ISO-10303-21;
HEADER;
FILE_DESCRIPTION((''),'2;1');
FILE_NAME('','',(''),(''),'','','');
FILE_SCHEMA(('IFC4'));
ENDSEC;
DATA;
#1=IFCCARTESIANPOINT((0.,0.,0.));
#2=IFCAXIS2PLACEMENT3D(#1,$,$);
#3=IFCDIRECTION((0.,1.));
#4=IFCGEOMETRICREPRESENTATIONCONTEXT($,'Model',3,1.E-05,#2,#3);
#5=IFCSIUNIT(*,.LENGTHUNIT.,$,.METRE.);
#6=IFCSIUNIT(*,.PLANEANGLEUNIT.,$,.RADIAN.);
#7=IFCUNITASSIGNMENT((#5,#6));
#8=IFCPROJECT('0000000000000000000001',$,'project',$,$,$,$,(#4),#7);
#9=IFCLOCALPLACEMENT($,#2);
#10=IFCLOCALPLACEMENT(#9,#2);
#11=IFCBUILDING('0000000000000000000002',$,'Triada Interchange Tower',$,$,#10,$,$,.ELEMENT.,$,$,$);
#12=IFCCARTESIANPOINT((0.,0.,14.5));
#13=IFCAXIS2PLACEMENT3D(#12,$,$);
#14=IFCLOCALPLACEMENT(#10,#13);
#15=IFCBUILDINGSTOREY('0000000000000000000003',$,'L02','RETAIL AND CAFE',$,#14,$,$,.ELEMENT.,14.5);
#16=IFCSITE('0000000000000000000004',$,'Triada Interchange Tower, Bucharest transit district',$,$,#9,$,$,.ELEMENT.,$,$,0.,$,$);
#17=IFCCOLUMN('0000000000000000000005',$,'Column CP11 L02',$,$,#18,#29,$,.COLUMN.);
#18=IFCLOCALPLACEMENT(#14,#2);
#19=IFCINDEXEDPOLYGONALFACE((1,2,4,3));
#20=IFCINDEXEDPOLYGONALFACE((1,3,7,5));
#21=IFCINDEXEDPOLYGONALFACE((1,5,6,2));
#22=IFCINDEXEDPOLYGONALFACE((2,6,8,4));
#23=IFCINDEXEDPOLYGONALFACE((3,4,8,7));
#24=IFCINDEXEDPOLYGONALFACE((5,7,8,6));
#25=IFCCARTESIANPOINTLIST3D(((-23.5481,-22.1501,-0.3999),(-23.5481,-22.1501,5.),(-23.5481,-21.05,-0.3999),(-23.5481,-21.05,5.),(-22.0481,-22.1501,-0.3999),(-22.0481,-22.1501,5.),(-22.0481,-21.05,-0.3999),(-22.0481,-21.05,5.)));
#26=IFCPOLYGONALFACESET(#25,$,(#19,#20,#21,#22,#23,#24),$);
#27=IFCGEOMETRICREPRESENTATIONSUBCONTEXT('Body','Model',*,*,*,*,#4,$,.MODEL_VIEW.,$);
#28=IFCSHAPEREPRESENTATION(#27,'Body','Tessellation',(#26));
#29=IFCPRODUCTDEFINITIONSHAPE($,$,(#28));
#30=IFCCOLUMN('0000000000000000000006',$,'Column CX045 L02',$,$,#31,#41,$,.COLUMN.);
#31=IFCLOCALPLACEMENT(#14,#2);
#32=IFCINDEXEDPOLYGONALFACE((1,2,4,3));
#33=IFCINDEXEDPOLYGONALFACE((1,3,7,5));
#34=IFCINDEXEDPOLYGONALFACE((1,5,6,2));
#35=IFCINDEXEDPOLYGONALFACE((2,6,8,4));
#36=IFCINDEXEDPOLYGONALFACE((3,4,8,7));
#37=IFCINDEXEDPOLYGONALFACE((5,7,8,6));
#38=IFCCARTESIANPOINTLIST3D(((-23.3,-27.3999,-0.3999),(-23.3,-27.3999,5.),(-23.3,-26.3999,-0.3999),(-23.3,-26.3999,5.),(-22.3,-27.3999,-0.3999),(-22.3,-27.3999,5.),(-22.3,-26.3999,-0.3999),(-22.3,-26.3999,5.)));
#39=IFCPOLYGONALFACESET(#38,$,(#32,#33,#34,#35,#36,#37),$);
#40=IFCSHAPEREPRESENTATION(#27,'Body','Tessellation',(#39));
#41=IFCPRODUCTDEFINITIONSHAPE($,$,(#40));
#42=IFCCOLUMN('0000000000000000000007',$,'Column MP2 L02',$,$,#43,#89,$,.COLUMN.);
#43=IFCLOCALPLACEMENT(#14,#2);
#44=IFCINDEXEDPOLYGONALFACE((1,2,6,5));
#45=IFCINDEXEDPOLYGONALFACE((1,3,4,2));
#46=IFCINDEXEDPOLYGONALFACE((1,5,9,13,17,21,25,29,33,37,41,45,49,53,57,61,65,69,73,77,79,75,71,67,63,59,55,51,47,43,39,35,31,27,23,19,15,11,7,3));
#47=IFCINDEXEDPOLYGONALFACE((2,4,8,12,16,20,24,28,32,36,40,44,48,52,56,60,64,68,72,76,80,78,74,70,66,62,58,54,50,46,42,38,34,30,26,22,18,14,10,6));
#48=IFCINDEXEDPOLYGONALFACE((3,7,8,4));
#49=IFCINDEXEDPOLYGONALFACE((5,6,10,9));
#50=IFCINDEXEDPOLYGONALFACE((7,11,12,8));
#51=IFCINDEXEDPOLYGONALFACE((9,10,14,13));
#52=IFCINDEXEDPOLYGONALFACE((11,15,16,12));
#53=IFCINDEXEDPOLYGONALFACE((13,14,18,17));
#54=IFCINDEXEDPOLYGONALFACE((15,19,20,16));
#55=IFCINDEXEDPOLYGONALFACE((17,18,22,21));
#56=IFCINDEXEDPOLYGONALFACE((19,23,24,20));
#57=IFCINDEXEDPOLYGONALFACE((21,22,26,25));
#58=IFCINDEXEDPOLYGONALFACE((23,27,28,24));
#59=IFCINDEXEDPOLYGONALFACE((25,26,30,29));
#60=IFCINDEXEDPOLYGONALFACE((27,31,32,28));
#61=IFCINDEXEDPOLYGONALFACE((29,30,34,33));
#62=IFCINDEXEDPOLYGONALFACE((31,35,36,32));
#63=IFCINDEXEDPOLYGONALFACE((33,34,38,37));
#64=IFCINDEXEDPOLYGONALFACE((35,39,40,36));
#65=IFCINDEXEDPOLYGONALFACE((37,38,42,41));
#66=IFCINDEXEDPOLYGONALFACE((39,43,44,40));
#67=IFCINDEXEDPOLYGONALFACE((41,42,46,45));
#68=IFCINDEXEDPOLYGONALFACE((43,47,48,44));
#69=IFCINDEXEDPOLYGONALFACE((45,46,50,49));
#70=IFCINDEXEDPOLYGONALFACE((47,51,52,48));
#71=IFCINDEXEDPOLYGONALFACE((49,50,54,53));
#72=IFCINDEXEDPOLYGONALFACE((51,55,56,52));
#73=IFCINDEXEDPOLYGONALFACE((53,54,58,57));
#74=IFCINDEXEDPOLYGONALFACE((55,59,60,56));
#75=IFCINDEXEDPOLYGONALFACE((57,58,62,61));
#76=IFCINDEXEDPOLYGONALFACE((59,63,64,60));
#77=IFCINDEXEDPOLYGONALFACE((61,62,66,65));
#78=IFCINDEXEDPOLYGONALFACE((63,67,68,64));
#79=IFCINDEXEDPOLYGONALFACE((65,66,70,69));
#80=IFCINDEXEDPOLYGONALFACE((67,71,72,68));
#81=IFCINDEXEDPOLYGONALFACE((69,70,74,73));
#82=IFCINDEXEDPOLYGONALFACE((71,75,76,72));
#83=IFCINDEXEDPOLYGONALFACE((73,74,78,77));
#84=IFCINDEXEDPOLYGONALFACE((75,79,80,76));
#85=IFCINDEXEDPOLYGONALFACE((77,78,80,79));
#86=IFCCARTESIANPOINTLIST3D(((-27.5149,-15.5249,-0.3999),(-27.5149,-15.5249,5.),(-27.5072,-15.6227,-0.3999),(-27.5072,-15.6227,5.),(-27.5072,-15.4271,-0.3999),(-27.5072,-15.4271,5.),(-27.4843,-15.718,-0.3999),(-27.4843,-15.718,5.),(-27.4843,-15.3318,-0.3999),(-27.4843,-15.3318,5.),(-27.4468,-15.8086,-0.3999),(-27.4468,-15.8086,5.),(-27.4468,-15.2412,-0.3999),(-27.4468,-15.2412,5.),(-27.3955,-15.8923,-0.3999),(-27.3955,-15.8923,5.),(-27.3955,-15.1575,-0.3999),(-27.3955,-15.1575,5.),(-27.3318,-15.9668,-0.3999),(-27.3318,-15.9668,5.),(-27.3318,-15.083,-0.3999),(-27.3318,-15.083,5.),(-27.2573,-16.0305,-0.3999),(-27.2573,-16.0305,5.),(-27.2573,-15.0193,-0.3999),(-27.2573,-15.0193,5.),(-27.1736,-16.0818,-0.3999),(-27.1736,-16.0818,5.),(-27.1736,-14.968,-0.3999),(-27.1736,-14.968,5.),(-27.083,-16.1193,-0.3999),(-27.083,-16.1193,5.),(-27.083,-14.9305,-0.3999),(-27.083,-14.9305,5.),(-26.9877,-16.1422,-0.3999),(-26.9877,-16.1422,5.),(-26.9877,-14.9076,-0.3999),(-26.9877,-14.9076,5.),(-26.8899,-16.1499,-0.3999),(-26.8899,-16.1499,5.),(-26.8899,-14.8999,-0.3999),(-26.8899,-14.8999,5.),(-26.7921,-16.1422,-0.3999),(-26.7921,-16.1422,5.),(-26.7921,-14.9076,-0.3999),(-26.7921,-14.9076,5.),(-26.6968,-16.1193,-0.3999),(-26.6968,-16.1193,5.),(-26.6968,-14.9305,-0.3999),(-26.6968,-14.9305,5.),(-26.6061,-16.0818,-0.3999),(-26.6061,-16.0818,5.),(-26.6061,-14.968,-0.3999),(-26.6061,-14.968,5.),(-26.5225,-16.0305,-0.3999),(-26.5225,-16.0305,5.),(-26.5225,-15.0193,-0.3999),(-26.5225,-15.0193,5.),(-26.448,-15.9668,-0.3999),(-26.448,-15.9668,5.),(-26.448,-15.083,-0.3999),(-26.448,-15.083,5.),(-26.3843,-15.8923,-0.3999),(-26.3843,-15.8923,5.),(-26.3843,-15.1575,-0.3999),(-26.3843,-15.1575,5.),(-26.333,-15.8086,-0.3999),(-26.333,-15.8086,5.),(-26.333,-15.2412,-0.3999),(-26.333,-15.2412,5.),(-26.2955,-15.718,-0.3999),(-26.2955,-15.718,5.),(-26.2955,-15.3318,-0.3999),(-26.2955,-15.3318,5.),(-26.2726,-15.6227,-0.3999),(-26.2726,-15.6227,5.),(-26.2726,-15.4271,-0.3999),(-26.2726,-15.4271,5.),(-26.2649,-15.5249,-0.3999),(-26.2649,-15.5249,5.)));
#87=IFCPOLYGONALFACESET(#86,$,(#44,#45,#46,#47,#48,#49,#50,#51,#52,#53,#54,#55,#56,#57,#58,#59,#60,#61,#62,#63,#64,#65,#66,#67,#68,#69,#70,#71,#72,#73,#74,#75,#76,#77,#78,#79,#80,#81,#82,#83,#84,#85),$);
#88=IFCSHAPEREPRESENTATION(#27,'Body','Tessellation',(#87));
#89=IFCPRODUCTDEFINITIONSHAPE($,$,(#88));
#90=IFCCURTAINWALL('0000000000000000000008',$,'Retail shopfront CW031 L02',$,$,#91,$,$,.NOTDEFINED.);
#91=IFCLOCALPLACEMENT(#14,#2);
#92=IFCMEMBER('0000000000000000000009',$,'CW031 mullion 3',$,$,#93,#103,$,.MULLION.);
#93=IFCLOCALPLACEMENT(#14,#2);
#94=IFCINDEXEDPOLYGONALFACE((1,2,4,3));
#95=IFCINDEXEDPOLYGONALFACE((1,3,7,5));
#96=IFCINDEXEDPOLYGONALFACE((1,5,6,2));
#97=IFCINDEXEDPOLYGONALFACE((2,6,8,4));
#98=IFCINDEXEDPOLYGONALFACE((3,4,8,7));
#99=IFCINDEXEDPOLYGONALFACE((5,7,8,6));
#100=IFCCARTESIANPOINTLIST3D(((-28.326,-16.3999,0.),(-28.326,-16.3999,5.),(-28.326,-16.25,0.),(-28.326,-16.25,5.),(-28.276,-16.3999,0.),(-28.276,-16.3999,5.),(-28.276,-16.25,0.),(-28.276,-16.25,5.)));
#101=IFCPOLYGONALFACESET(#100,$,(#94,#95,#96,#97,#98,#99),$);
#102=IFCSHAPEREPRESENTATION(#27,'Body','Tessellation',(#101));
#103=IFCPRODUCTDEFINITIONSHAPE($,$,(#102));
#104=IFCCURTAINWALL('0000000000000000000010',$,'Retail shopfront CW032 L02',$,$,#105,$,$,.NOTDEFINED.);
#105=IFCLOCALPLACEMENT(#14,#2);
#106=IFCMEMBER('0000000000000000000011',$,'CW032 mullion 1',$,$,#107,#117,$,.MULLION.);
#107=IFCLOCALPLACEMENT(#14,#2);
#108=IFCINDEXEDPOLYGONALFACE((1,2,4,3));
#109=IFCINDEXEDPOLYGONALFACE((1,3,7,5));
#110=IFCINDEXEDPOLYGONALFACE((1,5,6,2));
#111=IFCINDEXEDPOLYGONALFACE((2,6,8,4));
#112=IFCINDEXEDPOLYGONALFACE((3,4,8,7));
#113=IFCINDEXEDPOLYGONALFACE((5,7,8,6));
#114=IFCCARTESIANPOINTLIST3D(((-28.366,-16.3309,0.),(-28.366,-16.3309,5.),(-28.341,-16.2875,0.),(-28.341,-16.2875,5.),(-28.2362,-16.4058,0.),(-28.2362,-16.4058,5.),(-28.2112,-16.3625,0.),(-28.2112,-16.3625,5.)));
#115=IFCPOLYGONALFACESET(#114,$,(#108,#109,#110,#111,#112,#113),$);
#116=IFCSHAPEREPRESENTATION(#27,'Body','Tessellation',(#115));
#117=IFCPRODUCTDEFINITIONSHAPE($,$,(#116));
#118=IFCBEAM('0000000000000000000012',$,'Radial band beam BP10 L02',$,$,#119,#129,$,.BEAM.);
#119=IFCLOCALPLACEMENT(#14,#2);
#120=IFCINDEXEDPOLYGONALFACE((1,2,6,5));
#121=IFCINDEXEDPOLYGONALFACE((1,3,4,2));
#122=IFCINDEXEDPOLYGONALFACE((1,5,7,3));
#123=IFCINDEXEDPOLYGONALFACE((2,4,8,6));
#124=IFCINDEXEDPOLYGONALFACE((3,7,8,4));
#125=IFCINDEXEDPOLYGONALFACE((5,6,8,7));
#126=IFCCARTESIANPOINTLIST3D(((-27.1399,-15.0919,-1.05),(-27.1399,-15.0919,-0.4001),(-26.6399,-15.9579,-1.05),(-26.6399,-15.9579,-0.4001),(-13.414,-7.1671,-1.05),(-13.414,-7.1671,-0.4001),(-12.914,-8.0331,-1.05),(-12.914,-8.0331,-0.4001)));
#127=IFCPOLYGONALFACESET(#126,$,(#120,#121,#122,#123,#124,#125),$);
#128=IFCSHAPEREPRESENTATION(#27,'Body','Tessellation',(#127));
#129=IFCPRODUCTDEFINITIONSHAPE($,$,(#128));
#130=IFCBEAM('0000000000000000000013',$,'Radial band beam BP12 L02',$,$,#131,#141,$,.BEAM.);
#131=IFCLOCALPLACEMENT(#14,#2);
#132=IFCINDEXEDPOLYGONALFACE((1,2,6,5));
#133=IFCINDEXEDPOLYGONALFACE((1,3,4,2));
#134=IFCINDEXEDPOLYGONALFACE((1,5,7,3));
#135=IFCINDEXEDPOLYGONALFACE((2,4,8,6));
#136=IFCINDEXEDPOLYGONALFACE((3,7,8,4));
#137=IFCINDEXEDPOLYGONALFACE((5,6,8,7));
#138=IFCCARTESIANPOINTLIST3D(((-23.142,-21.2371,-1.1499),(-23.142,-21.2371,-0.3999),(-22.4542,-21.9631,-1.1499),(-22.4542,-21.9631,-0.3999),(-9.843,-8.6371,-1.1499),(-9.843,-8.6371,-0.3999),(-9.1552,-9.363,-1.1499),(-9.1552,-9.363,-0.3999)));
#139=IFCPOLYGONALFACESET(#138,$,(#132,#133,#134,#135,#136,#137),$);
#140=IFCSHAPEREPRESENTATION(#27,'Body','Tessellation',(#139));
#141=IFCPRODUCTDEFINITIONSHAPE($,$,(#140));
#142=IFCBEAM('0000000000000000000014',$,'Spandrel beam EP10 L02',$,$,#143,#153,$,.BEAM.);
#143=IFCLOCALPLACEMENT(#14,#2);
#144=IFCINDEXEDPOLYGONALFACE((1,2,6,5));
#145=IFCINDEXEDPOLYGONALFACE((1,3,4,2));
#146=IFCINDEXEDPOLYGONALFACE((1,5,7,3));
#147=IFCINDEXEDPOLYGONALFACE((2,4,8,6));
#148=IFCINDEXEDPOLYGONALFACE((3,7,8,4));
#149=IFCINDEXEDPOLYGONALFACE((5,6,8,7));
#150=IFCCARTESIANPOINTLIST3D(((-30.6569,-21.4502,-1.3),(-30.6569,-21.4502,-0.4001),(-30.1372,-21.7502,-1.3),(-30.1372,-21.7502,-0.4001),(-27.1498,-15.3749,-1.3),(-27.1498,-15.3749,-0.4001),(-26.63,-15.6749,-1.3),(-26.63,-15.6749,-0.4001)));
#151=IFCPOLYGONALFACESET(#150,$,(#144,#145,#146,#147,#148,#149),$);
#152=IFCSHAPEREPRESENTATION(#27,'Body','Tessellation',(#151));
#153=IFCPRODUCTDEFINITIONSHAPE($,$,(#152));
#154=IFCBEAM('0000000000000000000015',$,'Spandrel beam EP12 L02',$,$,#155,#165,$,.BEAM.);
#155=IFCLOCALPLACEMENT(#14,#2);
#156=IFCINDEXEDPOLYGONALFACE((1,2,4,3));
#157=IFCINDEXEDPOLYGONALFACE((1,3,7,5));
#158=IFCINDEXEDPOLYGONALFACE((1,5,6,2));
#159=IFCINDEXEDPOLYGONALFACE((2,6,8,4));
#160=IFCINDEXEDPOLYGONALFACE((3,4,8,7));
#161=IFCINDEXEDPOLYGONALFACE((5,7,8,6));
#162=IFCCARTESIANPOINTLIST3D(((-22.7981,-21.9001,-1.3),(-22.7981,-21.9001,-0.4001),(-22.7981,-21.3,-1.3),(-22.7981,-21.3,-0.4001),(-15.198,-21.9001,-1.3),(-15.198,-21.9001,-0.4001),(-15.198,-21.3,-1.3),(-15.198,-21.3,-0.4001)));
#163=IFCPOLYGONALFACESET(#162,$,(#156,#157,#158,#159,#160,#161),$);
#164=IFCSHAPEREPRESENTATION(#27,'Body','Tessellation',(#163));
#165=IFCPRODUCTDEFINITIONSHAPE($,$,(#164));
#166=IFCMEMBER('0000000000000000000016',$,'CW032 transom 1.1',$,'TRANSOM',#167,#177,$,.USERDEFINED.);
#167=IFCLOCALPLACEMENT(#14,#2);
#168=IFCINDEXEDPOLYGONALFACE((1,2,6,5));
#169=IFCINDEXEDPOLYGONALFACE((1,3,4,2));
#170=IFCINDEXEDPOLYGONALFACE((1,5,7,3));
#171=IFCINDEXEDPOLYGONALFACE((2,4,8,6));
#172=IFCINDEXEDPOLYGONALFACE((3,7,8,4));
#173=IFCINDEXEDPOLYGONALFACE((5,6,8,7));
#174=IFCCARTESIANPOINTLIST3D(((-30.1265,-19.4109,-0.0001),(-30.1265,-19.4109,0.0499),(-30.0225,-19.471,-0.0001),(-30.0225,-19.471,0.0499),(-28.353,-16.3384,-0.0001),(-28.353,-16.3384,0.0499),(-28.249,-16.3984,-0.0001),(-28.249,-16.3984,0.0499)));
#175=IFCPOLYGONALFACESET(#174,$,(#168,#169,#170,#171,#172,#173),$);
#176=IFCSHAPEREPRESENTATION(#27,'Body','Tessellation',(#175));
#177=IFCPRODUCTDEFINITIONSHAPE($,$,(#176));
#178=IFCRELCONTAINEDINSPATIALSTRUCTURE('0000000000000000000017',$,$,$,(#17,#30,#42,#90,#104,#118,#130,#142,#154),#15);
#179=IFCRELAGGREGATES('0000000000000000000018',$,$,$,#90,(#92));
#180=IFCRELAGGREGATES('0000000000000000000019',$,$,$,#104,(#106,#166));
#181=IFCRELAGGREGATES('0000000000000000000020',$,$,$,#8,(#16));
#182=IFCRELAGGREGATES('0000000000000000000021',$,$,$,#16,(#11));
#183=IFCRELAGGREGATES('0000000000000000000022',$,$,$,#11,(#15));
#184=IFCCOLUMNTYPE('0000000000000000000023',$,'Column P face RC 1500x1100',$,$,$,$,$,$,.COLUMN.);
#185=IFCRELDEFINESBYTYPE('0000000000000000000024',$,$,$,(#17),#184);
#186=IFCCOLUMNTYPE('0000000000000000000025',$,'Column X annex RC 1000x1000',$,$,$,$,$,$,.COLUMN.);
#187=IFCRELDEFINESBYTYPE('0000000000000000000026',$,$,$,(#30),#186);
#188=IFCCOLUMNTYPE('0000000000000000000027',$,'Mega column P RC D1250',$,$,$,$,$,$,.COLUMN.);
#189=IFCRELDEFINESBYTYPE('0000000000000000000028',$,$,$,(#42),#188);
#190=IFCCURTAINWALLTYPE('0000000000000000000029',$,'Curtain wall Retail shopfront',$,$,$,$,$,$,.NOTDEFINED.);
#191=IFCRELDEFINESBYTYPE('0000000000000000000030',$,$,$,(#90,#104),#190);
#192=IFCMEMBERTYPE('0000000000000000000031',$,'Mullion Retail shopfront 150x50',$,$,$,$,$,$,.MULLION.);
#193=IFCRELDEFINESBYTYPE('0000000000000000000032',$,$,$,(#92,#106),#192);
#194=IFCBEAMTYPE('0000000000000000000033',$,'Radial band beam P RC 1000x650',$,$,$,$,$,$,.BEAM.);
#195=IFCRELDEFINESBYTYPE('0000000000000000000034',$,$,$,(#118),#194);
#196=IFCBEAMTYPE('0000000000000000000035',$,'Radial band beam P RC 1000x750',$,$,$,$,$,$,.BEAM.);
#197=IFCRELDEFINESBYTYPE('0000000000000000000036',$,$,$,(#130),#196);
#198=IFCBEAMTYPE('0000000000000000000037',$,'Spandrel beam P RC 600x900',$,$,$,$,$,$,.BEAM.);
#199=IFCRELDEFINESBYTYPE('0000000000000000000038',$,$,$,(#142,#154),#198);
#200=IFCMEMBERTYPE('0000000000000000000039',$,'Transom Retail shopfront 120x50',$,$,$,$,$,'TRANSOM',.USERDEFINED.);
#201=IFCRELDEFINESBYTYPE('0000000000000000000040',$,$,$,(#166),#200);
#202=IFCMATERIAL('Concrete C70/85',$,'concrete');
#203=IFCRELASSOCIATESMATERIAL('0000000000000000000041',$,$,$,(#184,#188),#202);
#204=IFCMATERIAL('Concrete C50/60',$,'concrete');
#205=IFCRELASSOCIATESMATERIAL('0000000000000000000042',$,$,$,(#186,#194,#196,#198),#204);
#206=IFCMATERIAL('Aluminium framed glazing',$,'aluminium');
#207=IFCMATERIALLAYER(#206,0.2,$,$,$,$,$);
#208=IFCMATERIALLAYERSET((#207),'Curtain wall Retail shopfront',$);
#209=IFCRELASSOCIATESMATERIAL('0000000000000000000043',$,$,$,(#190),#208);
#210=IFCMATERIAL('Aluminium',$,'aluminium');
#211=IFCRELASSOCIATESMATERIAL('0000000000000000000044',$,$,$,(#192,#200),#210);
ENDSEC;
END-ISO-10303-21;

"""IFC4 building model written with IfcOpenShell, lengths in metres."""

from ifc_helpers import new_model, si_unit, direction, frame, origin, origin_2d, place, context, subcontext, project, spatial, rectangle, circle, extrude, material, layer, layer_set, material_profile, profile_set, type_object, element, aggregate, save


model = new_model("IFC4")

# Units and contexts
model_context = context("Model", 3, precision=1e-05, world=origin(), true_north=direction((0.0, 1.0)))
body_context = subcontext(model_context, "Body", "Model", "MODEL_VIEW")
ifc_project = project(units=[si_unit("LENGTHUNIT", "METRE"), si_unit("PLANEANGLEUNIT", "RADIAN")], contexts=[model_context])

# Site, building, storey
site_placement = place(None, origin())
site = spatial("IfcSite", under=ifc_project, at=site_placement, Name="Triada Interchange Tower, Bucharest transit district", CompositionType="ELEMENT", RefElevation=0.0)
building_placement = place(site_placement, origin())
building = spatial("IfcBuilding", under=site, at=building_placement, Name="Triada Interchange Tower", CompositionType="ELEMENT")
storey_placement = place(building_placement, frame((0.0, 0.0, 14.5)))
storey = spatial("IfcBuildingStorey", under=building, at=storey_placement, Name="L02", Description="RETAIL AND CAFE", CompositionType="ELEMENT", Elevation=14.5)

# Columns
ifc_material_1 = material(Name="Concrete C70/85", Category="concrete")
ifc_material_profile_1 = material_profile(ifc_material_1, rectangle(XDim=1.5, YDim=1.1001, at=origin_2d()), Name="RC 1500x1100")
ifc_profile_set_1 = profile_set([ifc_material_profile_1], Name="Concrete C70/85")
column_type_1 = type_object("IfcColumnType", Name="Column P face RC 1500x1100", PredefinedType="COLUMN", material=ifc_profile_set_1)
column_1_placement = place(storey_placement, frame((-22.7981, -21.6001, -0.3999), z_axis=(0.0, 0.0, 1.0), x_axis=(1.0, 0.0, 0.0)))
element("IfcColumn", 1, at=column_1_placement, inside=storey, type_object=column_type_1, Name="Column CP11 L02", PredefinedType="COLUMN", context=body_context, shape_type="SweptSolid", body=[
    extrude(rectangle(XDim=1.5, YDim=1.1001, at=origin_2d()), origin(), (0.0, 0.0, 1.0), 5.3999),
])
ifc_material_2 = material(Name="Concrete C50/60", Category="concrete")
ifc_material_profile_2 = material_profile(ifc_material_2, rectangle(XDim=1.0, YDim=1.0, at=origin_2d()), Name="RC 1000x1000")
ifc_profile_set_2 = profile_set([ifc_material_profile_2], Name="Concrete C50/60")
column_type_2 = type_object("IfcColumnType", Name="Column X annex RC 1000x1000", PredefinedType="COLUMN", material=ifc_profile_set_2)
column_2_placement = place(storey_placement, frame((-22.8, -26.8999, -0.3999), z_axis=(0.0, 0.0, 1.0), x_axis=(1.0, 0.0, 0.0)))
element("IfcColumn", 2, at=column_2_placement, inside=storey, type_object=column_type_2, Name="Column CX045 L02", PredefinedType="COLUMN", context=body_context, shape_type="SweptSolid", body=[
    extrude(rectangle(XDim=1.0, YDim=1.0, at=origin_2d()), origin(), (0.0, 0.0, 1.0), 5.3999),
])
ifc_material_profile_3 = material_profile(ifc_material_1, circle(Radius=0.625, at=origin_2d()), Name="RC D1250")
ifc_profile_set_3 = profile_set([ifc_material_profile_3], Name="Concrete C70/85")
column_type_3 = type_object("IfcColumnType", Name="Mega column P RC D1250", PredefinedType="COLUMN", material=ifc_profile_set_3)
column_3_placement = place(storey_placement, frame((-26.8899, -15.5249, -0.3999), z_axis=(0.0, 0.0, 1.0), x_axis=(1.0, 0.0, 0.0)))
element("IfcColumn", 3, at=column_3_placement, inside=storey, type_object=column_type_3, Name="Column MP2 L02", PredefinedType="COLUMN", context=body_context, shape_type="SweptSolid", body=[
    extrude(circle(Radius=0.625, at=origin_2d()), origin(), (0.0, 0.0, 1.0), 5.3999),
])

# Curtain walls, members
ifc_material_3 = material(Name="Aluminium framed glazing", Category="aluminium")
ifc_layer_1 = layer(ifc_material_3, 0.2)
ifc_layer_set_1 = layer_set([ifc_layer_1], Name="Curtain wall Retail shopfront")
curtain_wall_type = type_object("IfcCurtainWallType", Name="Curtain wall Retail shopfront", PredefinedType="NOTDEFINED", material=ifc_layer_set_1)
curtain_wall_1_placement = place(storey_placement, origin())
curtain_wall_1 = element("IfcCurtainWall", 4, at=curtain_wall_1_placement, inside=storey, type_object=curtain_wall_type, Name="Retail shopfront CW031 L02", PredefinedType="NOTDEFINED")
ifc_material_4 = material(Name="Aluminium", Category="aluminium")
ifc_material_profile_4 = material_profile(ifc_material_4, rectangle(XDim=0.1499, YDim=0.05, at=origin_2d()), Name="Aluminium mullion")
ifc_profile_set_4 = profile_set([ifc_material_profile_4], Name="Aluminium")
member_type_1 = type_object("IfcMemberType", Name="Mullion Retail shopfront 150x50", PredefinedType="MULLION", material=ifc_profile_set_4)
member_1_placement = place(storey_placement, frame((-28.301, -16.325, 0.0), z_axis=(0.0, 0.0, 1.0), x_axis=(0.0, 1.0, 0.0)))
member_1 = element("IfcMember", 5, at=member_1_placement, type_object=member_type_1, Name="CW031 mullion 3", PredefinedType="MULLION", context=body_context, shape_type="SweptSolid", body=[
    extrude(rectangle(XDim=0.1499, YDim=0.05, at=origin_2d()), origin(), (0.0, 0.0, 1.0), 5.0),
])
aggregate(curtain_wall_1, [member_1])
curtain_wall_2_placement = place(storey_placement, origin())
curtain_wall_2 = element("IfcCurtainWall", 6, at=curtain_wall_2_placement, inside=storey, type_object=curtain_wall_type, Name="Retail shopfront CW032 L02", PredefinedType="NOTDEFINED")
member_2_placement = place(storey_placement, frame((-28.2886, -16.3467, 0.0), z_axis=(0.0, 0.0, 1.0), x_axis=(0.866078, -0.49991, 0.0)))
member_2 = element("IfcMember", 7, at=member_2_placement, type_object=member_type_1, Name="CW032 mullion 1", PredefinedType="MULLION", context=body_context, shape_type="SweptSolid", body=[
    extrude(rectangle(XDim=0.1499, YDim=0.05, at=origin_2d()), origin(), (0.0, 0.0, 1.0), 5.0),
])

# Beams
ifc_material_profile_5 = material_profile(ifc_material_2, rectangle(XDim=1.0, YDim=0.6499, at=origin_2d()), Name="RC 1000x650")
ifc_profile_set_5 = profile_set([ifc_material_profile_5], Name="Concrete C50/60")
beam_type_1 = type_object("IfcBeamType", Name="Radial band beam P RC 1000x650", PredefinedType="BEAM", material=ifc_profile_set_5)
beam_1_placement = place(storey_placement, frame((-26.8899, -15.5249, -0.7251), z_axis=(0.86602, 0.500009, 0.0), x_axis=(-0.500009, 0.86602, 0.0)))
element("IfcBeam", 8, at=beam_1_placement, inside=storey, type_object=beam_type_1, Name="Radial band beam BP10 L02", PredefinedType="BEAM", context=body_context, shape_type="SweptSolid", body=[
    extrude(rectangle(XDim=1.0, YDim=0.6499, at=origin_2d()), origin(), (0.0, 0.0, 1.0), 15.8494),
])
ifc_material_profile_6 = material_profile(ifc_material_2, rectangle(XDim=1.0, YDim=0.75, at=origin_2d()), Name="RC 1000x750")
ifc_profile_set_6 = profile_set([ifc_material_profile_6], Name="Concrete C50/60")
beam_type_2 = type_object("IfcBeamType", Name="Radial band beam P RC 1000x750", PredefinedType="BEAM", material=ifc_profile_set_6)
beam_2_placement = place(storey_placement, frame((-22.7981, -21.6001, -0.7749), z_axis=(0.725926, 0.687773, 0.0), x_axis=(-0.687773, 0.725926, 0.0)))
element("IfcBeam", 9, at=beam_2_placement, inside=storey, type_object=beam_type_2, Name="Radial band beam BP12 L02", PredefinedType="BEAM", context=body_context, shape_type="SweptSolid", body=[
    extrude(rectangle(XDim=1.0, YDim=0.75, at=origin_2d()), origin(), (0.0, 0.0, 1.0), 18.3201),
])
ifc_material_profile_7 = material_profile(ifc_material_2, rectangle(XDim=0.6001, YDim=0.8999, at=origin_2d()), Name="RC 600x900")
ifc_profile_set_7 = profile_set([ifc_material_profile_7], Name="Concrete C50/60")
beam_type_3 = type_object("IfcBeamType", Name="Spandrel beam P RC 600x900", PredefinedType="BEAM", material=ifc_profile_set_7)
beam_3_placement = place(storey_placement, frame((-26.8899, -15.5249, -0.8501), z_axis=(-0.499953, -0.866052, 0.0), x_axis=(0.866052, -0.499953, 0.0)))
element("IfcBeam", 10, at=beam_3_placement, inside=storey, type_object=beam_type_3, Name="Spandrel beam EP10 L02", PredefinedType="BEAM", context=body_context, shape_type="SweptSolid", body=[
    extrude(rectangle(XDim=0.6001, YDim=0.8999, at=origin_2d()), origin(), (0.0, 0.0, 1.0), 7.0149),
])
beam_4_placement = place(storey_placement, frame((-22.7981, -21.6001, -0.8501), z_axis=(1.0, 0.0, 0.0), x_axis=(0.0, 1.0, 0.0)))
element("IfcBeam", 11, at=beam_4_placement, inside=storey, type_object=beam_type_3, Name="Spandrel beam EP12 L02", PredefinedType="BEAM", context=body_context, shape_type="SweptSolid", body=[
    extrude(rectangle(XDim=0.6001, YDim=0.8999, at=origin_2d()), origin(), (0.0, 0.0, 1.0), 7.6001),
])

# Member
ifc_material_profile_8 = material_profile(ifc_material_4, rectangle(XDim=0.1201, YDim=0.05, at=origin_2d()), Name="Aluminium transom")
ifc_profile_set_8 = profile_set([ifc_material_profile_8], Name="Aluminium")
member_type_2 = type_object("IfcMemberType", Name="Transom Retail shopfront 120x50", ElementType="TRANSOM", PredefinedType="USERDEFINED", material=ifc_profile_set_8)
member_3_placement = place(storey_placement, frame((-28.301, -16.3684, 0.0249), z_axis=(-0.499899, -0.866084, 0.0), x_axis=(0.866084, -0.499899, 0.0)))
member_3 = element("IfcMember", 12, at=member_3_placement, type_object=member_type_2, Name="CW032 transom 1.1", ObjectType="TRANSOM", PredefinedType="USERDEFINED", context=body_context, shape_type="SweptSolid", body=[
    extrude(rectangle(XDim=0.1201, YDim=0.05, at=origin_2d()), origin(), (0.0, 0.0, 1.0), 3.5476),
])

aggregate(curtain_wall_2, [member_2, member_3])

save(model, "model.ifc")
